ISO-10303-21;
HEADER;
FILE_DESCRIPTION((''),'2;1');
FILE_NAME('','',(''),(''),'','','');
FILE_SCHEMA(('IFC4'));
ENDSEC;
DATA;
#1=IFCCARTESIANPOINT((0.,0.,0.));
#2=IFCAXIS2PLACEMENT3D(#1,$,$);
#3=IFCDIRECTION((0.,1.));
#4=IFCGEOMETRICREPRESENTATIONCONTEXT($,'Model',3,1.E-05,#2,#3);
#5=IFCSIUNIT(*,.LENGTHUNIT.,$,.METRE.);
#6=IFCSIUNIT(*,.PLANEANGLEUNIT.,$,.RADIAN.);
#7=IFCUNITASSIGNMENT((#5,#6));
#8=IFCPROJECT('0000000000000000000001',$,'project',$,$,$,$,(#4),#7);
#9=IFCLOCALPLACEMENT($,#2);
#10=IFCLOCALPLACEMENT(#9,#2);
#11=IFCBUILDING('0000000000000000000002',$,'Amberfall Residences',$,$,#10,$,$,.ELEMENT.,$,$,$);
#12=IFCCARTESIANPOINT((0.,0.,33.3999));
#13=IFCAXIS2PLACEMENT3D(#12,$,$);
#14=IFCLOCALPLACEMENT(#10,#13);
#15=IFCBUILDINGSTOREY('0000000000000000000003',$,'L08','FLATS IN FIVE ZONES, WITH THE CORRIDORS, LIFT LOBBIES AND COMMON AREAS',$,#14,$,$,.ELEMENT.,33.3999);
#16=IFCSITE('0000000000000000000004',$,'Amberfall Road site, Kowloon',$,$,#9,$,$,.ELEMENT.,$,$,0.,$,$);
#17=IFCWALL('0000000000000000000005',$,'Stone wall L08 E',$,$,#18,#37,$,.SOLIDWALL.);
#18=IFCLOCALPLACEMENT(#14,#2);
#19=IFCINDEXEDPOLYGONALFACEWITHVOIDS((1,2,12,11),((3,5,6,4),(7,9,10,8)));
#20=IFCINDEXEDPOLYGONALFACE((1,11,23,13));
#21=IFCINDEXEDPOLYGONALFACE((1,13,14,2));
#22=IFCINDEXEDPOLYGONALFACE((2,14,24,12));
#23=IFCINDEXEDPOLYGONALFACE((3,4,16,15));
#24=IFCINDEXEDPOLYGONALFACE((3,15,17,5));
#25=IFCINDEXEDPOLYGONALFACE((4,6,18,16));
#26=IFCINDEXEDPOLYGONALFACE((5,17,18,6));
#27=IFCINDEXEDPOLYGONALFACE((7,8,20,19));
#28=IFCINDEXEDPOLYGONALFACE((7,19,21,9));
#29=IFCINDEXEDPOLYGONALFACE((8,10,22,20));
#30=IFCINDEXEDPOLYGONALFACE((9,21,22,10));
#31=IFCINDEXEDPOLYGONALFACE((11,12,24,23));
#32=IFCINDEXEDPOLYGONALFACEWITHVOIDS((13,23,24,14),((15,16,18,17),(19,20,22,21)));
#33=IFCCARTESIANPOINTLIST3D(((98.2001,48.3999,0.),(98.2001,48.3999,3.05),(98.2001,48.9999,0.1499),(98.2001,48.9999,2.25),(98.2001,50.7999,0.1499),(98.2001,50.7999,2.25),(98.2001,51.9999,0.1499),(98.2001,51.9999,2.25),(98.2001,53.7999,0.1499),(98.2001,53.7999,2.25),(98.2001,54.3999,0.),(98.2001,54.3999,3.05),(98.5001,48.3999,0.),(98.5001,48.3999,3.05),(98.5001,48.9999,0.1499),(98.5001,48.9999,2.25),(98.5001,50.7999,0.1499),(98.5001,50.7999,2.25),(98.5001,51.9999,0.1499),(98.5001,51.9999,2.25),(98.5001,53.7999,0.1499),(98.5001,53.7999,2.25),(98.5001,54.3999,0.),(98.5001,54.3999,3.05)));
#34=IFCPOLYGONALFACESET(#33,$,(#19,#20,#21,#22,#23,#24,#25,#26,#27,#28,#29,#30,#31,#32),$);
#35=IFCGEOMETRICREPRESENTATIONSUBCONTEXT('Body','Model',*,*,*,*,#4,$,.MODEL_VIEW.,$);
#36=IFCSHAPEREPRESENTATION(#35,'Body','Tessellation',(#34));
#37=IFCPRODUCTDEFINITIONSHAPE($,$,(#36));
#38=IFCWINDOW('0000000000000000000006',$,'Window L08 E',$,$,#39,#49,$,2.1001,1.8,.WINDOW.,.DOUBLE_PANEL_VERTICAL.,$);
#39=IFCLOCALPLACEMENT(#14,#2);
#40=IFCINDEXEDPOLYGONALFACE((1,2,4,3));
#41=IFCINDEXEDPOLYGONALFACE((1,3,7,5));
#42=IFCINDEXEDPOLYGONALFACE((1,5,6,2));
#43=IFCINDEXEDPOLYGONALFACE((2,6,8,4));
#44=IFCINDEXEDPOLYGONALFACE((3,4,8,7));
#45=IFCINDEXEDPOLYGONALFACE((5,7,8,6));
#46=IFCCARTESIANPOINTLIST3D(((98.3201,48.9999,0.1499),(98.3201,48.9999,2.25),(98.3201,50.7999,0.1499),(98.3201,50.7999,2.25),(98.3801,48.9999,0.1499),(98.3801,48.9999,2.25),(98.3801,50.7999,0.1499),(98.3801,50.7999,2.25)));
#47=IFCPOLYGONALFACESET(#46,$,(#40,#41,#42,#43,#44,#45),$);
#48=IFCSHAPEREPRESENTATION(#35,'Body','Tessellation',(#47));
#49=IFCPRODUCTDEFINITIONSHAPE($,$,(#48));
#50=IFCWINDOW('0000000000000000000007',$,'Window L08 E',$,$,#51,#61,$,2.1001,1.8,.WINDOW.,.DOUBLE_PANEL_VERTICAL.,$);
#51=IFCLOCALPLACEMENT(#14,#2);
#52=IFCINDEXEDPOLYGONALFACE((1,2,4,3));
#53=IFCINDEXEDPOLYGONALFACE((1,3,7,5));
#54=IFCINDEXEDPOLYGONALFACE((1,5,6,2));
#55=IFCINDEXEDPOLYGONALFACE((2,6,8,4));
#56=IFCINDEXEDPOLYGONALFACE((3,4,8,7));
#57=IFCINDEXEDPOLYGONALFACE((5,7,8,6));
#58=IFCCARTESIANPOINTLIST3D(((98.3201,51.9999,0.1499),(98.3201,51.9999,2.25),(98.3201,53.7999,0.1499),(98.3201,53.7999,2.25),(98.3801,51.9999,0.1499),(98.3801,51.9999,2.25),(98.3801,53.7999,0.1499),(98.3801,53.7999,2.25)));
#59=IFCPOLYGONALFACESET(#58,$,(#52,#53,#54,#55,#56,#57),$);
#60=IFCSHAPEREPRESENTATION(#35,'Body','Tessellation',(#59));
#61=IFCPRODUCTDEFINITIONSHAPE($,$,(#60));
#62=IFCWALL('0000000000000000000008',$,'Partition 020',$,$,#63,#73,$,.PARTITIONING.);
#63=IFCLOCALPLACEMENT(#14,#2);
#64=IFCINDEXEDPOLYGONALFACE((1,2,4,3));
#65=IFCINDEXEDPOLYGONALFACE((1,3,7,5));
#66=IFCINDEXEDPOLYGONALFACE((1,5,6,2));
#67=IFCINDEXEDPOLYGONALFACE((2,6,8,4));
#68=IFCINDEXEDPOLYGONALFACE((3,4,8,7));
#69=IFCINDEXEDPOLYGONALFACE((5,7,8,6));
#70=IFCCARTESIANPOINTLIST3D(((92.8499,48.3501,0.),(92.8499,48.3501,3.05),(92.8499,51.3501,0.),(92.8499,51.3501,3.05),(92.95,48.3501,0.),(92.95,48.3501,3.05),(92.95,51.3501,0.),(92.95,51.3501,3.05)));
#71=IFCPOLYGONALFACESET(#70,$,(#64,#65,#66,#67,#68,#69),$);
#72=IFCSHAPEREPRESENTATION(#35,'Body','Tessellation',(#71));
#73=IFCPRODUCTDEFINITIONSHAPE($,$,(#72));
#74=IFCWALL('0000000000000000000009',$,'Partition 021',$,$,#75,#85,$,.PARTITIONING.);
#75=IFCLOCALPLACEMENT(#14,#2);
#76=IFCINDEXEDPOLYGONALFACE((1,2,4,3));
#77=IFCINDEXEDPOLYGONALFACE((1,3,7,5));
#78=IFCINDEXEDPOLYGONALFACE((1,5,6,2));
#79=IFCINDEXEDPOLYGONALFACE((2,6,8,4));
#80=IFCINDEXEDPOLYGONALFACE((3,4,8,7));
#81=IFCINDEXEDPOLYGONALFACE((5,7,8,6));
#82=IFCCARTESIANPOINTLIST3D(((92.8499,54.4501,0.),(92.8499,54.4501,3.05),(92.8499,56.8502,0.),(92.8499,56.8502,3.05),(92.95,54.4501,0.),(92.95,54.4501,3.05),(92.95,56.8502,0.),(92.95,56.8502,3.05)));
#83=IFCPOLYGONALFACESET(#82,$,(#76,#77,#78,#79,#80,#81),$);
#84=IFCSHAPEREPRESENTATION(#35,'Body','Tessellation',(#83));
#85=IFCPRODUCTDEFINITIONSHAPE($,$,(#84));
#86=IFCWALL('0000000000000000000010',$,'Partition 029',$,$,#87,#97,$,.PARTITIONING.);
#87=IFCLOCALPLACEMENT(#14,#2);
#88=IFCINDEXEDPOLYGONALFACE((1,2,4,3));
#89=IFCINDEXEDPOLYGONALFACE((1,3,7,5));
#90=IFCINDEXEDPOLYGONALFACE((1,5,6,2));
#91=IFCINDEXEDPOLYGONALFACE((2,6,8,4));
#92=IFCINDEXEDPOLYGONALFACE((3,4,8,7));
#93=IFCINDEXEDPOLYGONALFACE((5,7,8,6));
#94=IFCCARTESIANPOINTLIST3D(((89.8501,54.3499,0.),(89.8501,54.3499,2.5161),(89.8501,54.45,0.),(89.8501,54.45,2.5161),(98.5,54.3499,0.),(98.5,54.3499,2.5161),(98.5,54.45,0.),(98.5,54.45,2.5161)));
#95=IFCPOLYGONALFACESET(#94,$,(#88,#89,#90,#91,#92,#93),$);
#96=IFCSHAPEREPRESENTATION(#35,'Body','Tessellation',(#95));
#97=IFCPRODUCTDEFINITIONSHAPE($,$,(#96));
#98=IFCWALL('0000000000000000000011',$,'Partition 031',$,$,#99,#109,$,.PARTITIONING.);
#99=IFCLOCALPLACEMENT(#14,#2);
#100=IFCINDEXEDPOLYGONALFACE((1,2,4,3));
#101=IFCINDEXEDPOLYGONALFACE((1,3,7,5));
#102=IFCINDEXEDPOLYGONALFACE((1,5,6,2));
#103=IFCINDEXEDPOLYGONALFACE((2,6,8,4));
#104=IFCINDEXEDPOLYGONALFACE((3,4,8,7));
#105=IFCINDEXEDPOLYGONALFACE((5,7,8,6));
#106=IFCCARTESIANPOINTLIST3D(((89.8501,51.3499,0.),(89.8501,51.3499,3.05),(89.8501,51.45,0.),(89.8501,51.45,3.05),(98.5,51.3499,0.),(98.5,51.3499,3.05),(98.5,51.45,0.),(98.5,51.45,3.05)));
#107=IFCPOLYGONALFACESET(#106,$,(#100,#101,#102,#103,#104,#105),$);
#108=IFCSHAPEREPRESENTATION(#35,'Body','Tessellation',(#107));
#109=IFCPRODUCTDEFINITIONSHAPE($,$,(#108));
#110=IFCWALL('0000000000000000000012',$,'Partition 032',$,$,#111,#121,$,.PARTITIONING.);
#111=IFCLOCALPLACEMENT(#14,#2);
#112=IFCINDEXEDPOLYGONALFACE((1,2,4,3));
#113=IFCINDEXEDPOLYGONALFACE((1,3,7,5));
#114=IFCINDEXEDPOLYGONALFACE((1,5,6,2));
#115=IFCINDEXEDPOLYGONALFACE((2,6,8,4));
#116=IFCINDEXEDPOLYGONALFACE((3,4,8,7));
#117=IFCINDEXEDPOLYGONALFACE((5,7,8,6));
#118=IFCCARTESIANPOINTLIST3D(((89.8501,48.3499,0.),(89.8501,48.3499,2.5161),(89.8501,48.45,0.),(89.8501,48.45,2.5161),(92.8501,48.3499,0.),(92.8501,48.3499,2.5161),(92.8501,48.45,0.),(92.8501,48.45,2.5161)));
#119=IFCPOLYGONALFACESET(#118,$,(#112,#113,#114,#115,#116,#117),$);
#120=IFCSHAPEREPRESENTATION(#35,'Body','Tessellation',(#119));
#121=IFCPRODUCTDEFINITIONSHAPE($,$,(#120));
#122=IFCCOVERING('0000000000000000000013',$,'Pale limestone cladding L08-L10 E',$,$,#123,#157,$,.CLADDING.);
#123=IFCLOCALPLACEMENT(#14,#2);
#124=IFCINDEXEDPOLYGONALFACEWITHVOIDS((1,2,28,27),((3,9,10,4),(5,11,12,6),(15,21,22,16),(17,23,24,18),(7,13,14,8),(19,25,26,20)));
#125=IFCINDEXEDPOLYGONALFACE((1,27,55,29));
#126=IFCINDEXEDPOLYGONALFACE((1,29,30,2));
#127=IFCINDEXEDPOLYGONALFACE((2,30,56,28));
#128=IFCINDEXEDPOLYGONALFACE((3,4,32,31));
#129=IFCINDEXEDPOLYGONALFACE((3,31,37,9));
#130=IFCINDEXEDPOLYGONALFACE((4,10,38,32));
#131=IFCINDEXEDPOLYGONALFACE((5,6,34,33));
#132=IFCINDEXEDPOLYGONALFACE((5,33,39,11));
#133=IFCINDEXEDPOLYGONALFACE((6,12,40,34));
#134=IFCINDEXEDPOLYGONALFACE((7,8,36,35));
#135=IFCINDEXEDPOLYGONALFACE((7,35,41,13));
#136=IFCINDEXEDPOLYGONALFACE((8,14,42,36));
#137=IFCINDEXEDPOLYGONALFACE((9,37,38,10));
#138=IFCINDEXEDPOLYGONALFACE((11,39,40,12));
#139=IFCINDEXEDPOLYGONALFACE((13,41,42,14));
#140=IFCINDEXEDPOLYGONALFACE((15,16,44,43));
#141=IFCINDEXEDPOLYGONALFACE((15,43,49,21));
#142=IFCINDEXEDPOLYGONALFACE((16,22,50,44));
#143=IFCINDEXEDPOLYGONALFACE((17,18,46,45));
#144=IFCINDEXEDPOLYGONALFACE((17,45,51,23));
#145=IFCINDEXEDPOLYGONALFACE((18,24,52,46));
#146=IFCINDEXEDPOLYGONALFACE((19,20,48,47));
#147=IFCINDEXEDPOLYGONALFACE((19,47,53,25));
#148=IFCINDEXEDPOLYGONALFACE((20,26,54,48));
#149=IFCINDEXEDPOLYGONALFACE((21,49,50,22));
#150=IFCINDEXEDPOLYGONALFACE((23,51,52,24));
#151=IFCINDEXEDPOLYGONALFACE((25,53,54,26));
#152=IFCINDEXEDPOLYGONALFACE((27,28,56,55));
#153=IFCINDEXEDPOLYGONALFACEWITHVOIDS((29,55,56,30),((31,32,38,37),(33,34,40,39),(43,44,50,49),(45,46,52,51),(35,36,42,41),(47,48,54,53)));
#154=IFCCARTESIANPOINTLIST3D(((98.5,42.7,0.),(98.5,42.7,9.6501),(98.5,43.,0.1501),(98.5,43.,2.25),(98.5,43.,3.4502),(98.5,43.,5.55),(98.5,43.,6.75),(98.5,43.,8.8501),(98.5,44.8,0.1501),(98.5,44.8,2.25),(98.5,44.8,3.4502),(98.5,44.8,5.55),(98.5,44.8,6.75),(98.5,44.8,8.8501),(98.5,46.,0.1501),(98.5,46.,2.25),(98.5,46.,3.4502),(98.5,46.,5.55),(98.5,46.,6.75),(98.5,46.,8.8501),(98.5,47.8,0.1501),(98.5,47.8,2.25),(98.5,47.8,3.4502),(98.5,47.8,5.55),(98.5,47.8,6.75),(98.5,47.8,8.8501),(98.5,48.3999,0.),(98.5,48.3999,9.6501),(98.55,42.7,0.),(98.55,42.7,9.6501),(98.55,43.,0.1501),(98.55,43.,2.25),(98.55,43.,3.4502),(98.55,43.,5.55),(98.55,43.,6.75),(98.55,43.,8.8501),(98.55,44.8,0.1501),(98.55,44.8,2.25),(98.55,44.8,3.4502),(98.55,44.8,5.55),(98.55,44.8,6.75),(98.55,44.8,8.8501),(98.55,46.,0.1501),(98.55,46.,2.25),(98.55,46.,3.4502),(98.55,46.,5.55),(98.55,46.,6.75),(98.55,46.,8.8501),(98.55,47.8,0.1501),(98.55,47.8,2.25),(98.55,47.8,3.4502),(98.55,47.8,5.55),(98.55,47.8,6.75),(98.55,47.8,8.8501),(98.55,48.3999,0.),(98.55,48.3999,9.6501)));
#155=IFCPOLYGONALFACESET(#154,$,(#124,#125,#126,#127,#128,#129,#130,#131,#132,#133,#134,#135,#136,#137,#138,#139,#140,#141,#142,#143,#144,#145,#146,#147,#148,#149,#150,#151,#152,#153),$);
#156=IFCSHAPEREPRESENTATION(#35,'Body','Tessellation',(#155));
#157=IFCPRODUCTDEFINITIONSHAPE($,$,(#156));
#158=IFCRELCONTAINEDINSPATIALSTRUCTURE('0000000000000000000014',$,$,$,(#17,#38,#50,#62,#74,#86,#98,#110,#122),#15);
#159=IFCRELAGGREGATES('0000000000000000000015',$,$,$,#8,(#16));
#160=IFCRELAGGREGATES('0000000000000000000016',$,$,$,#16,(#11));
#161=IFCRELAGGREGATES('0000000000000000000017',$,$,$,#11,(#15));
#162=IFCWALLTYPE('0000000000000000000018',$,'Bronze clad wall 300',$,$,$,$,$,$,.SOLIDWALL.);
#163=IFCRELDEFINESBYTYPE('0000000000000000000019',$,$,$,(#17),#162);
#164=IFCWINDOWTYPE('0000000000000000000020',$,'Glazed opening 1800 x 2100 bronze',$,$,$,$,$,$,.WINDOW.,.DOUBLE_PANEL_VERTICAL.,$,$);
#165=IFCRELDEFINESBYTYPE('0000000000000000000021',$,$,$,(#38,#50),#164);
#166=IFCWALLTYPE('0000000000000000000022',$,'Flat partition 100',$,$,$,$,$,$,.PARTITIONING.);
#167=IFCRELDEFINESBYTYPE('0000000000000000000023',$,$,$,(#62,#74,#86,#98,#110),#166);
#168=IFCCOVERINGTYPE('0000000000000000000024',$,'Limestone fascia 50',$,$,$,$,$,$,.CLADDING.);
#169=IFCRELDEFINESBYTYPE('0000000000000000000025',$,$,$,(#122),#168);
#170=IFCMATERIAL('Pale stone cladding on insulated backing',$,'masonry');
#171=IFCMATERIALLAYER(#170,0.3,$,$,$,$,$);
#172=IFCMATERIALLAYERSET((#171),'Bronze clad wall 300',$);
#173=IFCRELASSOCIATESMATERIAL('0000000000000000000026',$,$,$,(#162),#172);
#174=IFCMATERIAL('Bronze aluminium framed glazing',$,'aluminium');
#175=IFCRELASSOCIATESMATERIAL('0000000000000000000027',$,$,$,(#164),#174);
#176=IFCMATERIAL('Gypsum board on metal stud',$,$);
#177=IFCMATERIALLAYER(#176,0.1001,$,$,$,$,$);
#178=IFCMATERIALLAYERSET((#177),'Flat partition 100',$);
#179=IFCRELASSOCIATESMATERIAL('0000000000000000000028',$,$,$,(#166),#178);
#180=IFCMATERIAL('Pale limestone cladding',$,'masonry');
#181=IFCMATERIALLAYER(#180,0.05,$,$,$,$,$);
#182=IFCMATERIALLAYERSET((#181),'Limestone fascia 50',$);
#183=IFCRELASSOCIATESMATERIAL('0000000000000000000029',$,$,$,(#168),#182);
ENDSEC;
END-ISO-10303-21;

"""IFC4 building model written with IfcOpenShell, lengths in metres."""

from ifc_helpers import new_model, si_unit, direction, frame, frame_2d, origin, place, context, subcontext, project, spatial, polyline, rectangle, outline, extrude, material, layer, layer_set, type_object, element, fill, save


model = new_model("IFC4")

# Units and contexts
model_context = context("Model", 3, precision=1e-05, world=origin(), true_north=direction((0.0, 1.0)))
body_context = subcontext(model_context, "Body", "Model", "MODEL_VIEW")
ifc_project = project(units=[si_unit("LENGTHUNIT", "METRE"), si_unit("PLANEANGLEUNIT", "RADIAN")], contexts=[model_context])

# Site, building, storey
site_placement = place(None, origin())
site = spatial("IfcSite", under=ifc_project, at=site_placement, Name="Amberfall Road site, Kowloon", CompositionType="ELEMENT", RefElevation=0.0)
building_placement = place(site_placement, origin())
building = spatial("IfcBuilding", under=site, at=building_placement, Name="Amberfall Residences", CompositionType="ELEMENT")
storey_placement = place(building_placement, frame((0.0, 0.0, 33.3999)))
storey = spatial("IfcBuildingStorey", under=building, at=storey_placement, Name="L08", Description="FLATS IN FIVE ZONES, WITH THE CORRIDORS, LIFT LOBBIES AND COMMON AREAS", CompositionType="ELEMENT", Elevation=33.3999)

# Shared definitions
ifc_material_1 = material(Name="Pale stone cladding on insulated backing", Category="masonry")
ifc_layer_1 = layer(ifc_material_1, 0.3)
ifc_layer_set_1 = layer_set([ifc_layer_1], Name="Bronze clad wall 300")
wall_type_1 = type_object("IfcWallType", Name="Bronze clad wall 300", PredefinedType="SOLIDWALL", material=ifc_layer_set_1)

# Wall, openings, windows
ifc_material_2 = material(Name="Bronze aluminium framed glazing", Category="aluminium")
window_type = type_object("IfcWindowType", Name="Glazed opening 1800 x 2100 bronze", PartitioningType="DOUBLE_PANEL_VERTICAL", PredefinedType="WINDOW", material=ifc_material_2)
wall_1_placement = place(storey_placement, frame((98.3501, 48.3999, 0.0), z_axis=(0.0, 0.0, 1.0), x_axis=(0.0, 1.0, 0.0)))
wall_1 = element("IfcWall", 1, at=wall_1_placement, inside=storey, type_object=wall_type_1, Name="Stone wall L08 E", PredefinedType="SOLIDWALL", context=body_context, shape_type="SweptSolid", body=[
    extrude(rectangle(XDim=6.0, YDim=0.3, at=frame_2d((3.0, 0.0))), origin(), (0.0, 0.0, 1.0), 3.05),
])
opening_1_placement = place(wall_1_placement, frame((0.6001, 0.0, 0.1499)))
opening_1 = element("IfcOpeningElement", 2, at=opening_1_placement, cuts=wall_1, PredefinedType="OPENING", context=body_context, shape_type="SweptSolid", body=[
    extrude(rectangle(XDim=1.8, YDim=2.1001, at=frame_2d((0.8999, 1.05))), frame((0.0, 0.1599, 0.0), z_axis=(0.0, -1.0, 0.0), x_axis=(1.0, 0.0, 0.0)), (0.0, 0.0, 1.0), 0.3201),
])
opening_2_placement = place(wall_1_placement, frame((3.6001, 0.0, 0.1499)))
opening_2 = element("IfcOpeningElement", 3, at=opening_2_placement, cuts=wall_1, PredefinedType="OPENING", context=body_context, shape_type="SweptSolid", body=[
    extrude(rectangle(XDim=1.8, YDim=2.1001, at=frame_2d((0.8999, 1.05))), frame((0.0, 0.1599, 0.0), z_axis=(0.0, -1.0, 0.0), x_axis=(1.0, 0.0, 0.0)), (0.0, 0.0, 1.0), 0.3201),
])
window_1_placement = place(opening_1_placement, origin())
window_1 = element("IfcWindow", 4, at=window_1_placement, inside=storey, type_object=window_type, Name="Window L08 E", OverallHeight=2.1001, OverallWidth=1.8, PartitioningType="DOUBLE_PANEL_VERTICAL", PredefinedType="WINDOW", context=body_context, shape_type="SweptSolid", body=[
    extrude(rectangle(XDim=1.8, YDim=2.1001, at=frame_2d((0.8999, 1.05))), frame((0.0, 0.03, 0.0), z_axis=(0.0, -1.0, 0.0), x_axis=(1.0, 0.0, 0.0)), (0.0, 0.0, 1.0), 0.0601),
])
fill(opening_1, window_1)
window_2_placement = place(opening_2_placement, origin())
window_2 = element("IfcWindow", 5, at=window_2_placement, inside=storey, type_object=window_type, Name="Window L08 E", OverallHeight=2.1001, OverallWidth=1.8, PartitioningType="DOUBLE_PANEL_VERTICAL", PredefinedType="WINDOW", context=body_context, shape_type="SweptSolid", body=[
    extrude(rectangle(XDim=1.8, YDim=2.1001, at=frame_2d((0.8999, 1.05))), frame((0.0, 0.03, 0.0), z_axis=(0.0, -1.0, 0.0), x_axis=(1.0, 0.0, 0.0)), (0.0, 0.0, 1.0), 0.0601),
])
fill(opening_2, window_2)

# Walls
ifc_material_3 = material(Name="Gypsum board on metal stud")
ifc_layer_2 = layer(ifc_material_3, 0.1001)
ifc_layer_set_2 = layer_set([ifc_layer_2], Name="Flat partition 100")
wall_type_2 = type_object("IfcWallType", Name="Flat partition 100", PredefinedType="PARTITIONING", material=ifc_layer_set_2)
wall_2_placement = place(storey_placement, frame((92.8999, 48.3501, 0.0), z_axis=(0.0, 0.0, 1.0), x_axis=(0.0, 1.0, 0.0)))
element("IfcWall", 6, at=wall_2_placement, inside=storey, type_object=wall_type_2, Name="Partition 020", PredefinedType="PARTITIONING", context=body_context, shape_type="SweptSolid", body=[
    extrude(rectangle(XDim=3.0, YDim=0.1001, at=frame_2d((1.5, 0.0))), origin(), (0.0, 0.0, 1.0), 3.05),
])
wall_3_placement = place(storey_placement, frame((92.8999, 54.45, 0.0), z_axis=(0.0, 0.0, 1.0), x_axis=(0.0, 1.0, 0.0)))
element("IfcWall", 7, at=wall_3_placement, inside=storey, type_object=wall_type_2, Name="Partition 021", PredefinedType="PARTITIONING", context=body_context, shape_type="SweptSolid", body=[
    extrude(rectangle(XDim=2.4001, YDim=0.1001, at=frame_2d((1.2002, 0.0))), origin(), (0.0, 0.0, 1.0), 3.05),
])
wall_4_placement = place(storey_placement, frame((89.8501, 54.3999, 0.0), z_axis=(0.0, 0.0, 1.0), x_axis=(1.0, 0.0, 0.0)))
element("IfcWall", 8, at=wall_4_placement, inside=storey, type_object=wall_type_2, Name="Partition 029", PredefinedType="PARTITIONING", context=body_context, shape_type="SweptSolid", body=[
    extrude(rectangle(XDim=8.6499, YDim=0.1001, at=frame_2d((4.325, 0.0))), origin(), (0.0, 0.0, 1.0), 2.5161),
])
wall_5_placement = place(storey_placement, frame((89.8501, 51.3999, 0.0), z_axis=(0.0, 0.0, 1.0), x_axis=(1.0, 0.0, 0.0)))
element("IfcWall", 9, at=wall_5_placement, inside=storey, type_object=wall_type_2, Name="Partition 031", PredefinedType="PARTITIONING", context=body_context, shape_type="SweptSolid", body=[
    extrude(rectangle(XDim=8.6499, YDim=0.1001, at=frame_2d((4.325, 0.0))), origin(), (0.0, 0.0, 1.0), 3.05),
])
wall_6_placement = place(storey_placement, frame((89.8501, 48.3999, 0.0), z_axis=(0.0, 0.0, 1.0), x_axis=(1.0, 0.0, 0.0)))
element("IfcWall", 10, at=wall_6_placement, inside=storey, type_object=wall_type_2, Name="Partition 032", PredefinedType="PARTITIONING", context=body_context, shape_type="SweptSolid", body=[
    extrude(rectangle(XDim=3.0, YDim=0.1001, at=frame_2d((1.5, 0.0))), origin(), (0.0, 0.0, 1.0), 2.5161),
])

# Covering
ifc_material_4 = material(Name="Pale limestone cladding", Category="masonry")
ifc_layer_3 = layer(ifc_material_4, 0.05)
ifc_layer_set_3 = layer_set([ifc_layer_3], Name="Limestone fascia 50")
covering_type = type_object("IfcCoveringType", Name="Limestone fascia 50", PredefinedType="CLADDING", material=ifc_layer_set_3)
covering_1_placement = place(storey_placement, frame((98.5, 42.7, 9.6501), z_axis=(-1.0, 0.0, 0.0), x_axis=(0.0, 1.0, 0.0)))
element("IfcCovering", 11, at=covering_1_placement, inside=storey, type_object=covering_type, Name="Pale limestone cladding L08-L10 E", PredefinedType="CLADDING", context=body_context, shape_type="SweptSolid", body=[
    extrude(outline(polyline([(0.0, 0.0), (5.7, 0.0), (5.7, 9.6501), (0.0, 9.6501), (0.0, 0.0)]), holes=[polyline([(0.3, 7.4001), (2.1001, 7.4001), (2.1001, 9.5), (0.3, 9.5), (0.3, 7.4001)]), polyline([(3.3, 7.4001), (5.1001, 7.4001), (5.1001, 9.5), (3.3, 9.5), (3.3, 7.4001)]), polyline([(0.3, 4.1001), (2.1001, 4.1001), (2.1001, 6.2), (0.3, 6.2), (0.3, 4.1001)]), polyline([(3.3, 4.1001), (5.1001, 4.1001), (5.1001, 6.2), (3.3, 6.2), (3.3, 4.1001)]), polyline([(0.3, 0.8), (2.1001, 0.8), (2.1001, 2.9001), (0.3, 2.9001), (0.3, 0.8)]), polyline([(3.3, 0.8), (5.1001, 0.8), (5.1001, 2.9001), (3.3, 2.9001), (3.3, 0.8)])]), origin(), (0.0, 0.0, -1.0), 0.05),
])

save(model, "model.ifc")
